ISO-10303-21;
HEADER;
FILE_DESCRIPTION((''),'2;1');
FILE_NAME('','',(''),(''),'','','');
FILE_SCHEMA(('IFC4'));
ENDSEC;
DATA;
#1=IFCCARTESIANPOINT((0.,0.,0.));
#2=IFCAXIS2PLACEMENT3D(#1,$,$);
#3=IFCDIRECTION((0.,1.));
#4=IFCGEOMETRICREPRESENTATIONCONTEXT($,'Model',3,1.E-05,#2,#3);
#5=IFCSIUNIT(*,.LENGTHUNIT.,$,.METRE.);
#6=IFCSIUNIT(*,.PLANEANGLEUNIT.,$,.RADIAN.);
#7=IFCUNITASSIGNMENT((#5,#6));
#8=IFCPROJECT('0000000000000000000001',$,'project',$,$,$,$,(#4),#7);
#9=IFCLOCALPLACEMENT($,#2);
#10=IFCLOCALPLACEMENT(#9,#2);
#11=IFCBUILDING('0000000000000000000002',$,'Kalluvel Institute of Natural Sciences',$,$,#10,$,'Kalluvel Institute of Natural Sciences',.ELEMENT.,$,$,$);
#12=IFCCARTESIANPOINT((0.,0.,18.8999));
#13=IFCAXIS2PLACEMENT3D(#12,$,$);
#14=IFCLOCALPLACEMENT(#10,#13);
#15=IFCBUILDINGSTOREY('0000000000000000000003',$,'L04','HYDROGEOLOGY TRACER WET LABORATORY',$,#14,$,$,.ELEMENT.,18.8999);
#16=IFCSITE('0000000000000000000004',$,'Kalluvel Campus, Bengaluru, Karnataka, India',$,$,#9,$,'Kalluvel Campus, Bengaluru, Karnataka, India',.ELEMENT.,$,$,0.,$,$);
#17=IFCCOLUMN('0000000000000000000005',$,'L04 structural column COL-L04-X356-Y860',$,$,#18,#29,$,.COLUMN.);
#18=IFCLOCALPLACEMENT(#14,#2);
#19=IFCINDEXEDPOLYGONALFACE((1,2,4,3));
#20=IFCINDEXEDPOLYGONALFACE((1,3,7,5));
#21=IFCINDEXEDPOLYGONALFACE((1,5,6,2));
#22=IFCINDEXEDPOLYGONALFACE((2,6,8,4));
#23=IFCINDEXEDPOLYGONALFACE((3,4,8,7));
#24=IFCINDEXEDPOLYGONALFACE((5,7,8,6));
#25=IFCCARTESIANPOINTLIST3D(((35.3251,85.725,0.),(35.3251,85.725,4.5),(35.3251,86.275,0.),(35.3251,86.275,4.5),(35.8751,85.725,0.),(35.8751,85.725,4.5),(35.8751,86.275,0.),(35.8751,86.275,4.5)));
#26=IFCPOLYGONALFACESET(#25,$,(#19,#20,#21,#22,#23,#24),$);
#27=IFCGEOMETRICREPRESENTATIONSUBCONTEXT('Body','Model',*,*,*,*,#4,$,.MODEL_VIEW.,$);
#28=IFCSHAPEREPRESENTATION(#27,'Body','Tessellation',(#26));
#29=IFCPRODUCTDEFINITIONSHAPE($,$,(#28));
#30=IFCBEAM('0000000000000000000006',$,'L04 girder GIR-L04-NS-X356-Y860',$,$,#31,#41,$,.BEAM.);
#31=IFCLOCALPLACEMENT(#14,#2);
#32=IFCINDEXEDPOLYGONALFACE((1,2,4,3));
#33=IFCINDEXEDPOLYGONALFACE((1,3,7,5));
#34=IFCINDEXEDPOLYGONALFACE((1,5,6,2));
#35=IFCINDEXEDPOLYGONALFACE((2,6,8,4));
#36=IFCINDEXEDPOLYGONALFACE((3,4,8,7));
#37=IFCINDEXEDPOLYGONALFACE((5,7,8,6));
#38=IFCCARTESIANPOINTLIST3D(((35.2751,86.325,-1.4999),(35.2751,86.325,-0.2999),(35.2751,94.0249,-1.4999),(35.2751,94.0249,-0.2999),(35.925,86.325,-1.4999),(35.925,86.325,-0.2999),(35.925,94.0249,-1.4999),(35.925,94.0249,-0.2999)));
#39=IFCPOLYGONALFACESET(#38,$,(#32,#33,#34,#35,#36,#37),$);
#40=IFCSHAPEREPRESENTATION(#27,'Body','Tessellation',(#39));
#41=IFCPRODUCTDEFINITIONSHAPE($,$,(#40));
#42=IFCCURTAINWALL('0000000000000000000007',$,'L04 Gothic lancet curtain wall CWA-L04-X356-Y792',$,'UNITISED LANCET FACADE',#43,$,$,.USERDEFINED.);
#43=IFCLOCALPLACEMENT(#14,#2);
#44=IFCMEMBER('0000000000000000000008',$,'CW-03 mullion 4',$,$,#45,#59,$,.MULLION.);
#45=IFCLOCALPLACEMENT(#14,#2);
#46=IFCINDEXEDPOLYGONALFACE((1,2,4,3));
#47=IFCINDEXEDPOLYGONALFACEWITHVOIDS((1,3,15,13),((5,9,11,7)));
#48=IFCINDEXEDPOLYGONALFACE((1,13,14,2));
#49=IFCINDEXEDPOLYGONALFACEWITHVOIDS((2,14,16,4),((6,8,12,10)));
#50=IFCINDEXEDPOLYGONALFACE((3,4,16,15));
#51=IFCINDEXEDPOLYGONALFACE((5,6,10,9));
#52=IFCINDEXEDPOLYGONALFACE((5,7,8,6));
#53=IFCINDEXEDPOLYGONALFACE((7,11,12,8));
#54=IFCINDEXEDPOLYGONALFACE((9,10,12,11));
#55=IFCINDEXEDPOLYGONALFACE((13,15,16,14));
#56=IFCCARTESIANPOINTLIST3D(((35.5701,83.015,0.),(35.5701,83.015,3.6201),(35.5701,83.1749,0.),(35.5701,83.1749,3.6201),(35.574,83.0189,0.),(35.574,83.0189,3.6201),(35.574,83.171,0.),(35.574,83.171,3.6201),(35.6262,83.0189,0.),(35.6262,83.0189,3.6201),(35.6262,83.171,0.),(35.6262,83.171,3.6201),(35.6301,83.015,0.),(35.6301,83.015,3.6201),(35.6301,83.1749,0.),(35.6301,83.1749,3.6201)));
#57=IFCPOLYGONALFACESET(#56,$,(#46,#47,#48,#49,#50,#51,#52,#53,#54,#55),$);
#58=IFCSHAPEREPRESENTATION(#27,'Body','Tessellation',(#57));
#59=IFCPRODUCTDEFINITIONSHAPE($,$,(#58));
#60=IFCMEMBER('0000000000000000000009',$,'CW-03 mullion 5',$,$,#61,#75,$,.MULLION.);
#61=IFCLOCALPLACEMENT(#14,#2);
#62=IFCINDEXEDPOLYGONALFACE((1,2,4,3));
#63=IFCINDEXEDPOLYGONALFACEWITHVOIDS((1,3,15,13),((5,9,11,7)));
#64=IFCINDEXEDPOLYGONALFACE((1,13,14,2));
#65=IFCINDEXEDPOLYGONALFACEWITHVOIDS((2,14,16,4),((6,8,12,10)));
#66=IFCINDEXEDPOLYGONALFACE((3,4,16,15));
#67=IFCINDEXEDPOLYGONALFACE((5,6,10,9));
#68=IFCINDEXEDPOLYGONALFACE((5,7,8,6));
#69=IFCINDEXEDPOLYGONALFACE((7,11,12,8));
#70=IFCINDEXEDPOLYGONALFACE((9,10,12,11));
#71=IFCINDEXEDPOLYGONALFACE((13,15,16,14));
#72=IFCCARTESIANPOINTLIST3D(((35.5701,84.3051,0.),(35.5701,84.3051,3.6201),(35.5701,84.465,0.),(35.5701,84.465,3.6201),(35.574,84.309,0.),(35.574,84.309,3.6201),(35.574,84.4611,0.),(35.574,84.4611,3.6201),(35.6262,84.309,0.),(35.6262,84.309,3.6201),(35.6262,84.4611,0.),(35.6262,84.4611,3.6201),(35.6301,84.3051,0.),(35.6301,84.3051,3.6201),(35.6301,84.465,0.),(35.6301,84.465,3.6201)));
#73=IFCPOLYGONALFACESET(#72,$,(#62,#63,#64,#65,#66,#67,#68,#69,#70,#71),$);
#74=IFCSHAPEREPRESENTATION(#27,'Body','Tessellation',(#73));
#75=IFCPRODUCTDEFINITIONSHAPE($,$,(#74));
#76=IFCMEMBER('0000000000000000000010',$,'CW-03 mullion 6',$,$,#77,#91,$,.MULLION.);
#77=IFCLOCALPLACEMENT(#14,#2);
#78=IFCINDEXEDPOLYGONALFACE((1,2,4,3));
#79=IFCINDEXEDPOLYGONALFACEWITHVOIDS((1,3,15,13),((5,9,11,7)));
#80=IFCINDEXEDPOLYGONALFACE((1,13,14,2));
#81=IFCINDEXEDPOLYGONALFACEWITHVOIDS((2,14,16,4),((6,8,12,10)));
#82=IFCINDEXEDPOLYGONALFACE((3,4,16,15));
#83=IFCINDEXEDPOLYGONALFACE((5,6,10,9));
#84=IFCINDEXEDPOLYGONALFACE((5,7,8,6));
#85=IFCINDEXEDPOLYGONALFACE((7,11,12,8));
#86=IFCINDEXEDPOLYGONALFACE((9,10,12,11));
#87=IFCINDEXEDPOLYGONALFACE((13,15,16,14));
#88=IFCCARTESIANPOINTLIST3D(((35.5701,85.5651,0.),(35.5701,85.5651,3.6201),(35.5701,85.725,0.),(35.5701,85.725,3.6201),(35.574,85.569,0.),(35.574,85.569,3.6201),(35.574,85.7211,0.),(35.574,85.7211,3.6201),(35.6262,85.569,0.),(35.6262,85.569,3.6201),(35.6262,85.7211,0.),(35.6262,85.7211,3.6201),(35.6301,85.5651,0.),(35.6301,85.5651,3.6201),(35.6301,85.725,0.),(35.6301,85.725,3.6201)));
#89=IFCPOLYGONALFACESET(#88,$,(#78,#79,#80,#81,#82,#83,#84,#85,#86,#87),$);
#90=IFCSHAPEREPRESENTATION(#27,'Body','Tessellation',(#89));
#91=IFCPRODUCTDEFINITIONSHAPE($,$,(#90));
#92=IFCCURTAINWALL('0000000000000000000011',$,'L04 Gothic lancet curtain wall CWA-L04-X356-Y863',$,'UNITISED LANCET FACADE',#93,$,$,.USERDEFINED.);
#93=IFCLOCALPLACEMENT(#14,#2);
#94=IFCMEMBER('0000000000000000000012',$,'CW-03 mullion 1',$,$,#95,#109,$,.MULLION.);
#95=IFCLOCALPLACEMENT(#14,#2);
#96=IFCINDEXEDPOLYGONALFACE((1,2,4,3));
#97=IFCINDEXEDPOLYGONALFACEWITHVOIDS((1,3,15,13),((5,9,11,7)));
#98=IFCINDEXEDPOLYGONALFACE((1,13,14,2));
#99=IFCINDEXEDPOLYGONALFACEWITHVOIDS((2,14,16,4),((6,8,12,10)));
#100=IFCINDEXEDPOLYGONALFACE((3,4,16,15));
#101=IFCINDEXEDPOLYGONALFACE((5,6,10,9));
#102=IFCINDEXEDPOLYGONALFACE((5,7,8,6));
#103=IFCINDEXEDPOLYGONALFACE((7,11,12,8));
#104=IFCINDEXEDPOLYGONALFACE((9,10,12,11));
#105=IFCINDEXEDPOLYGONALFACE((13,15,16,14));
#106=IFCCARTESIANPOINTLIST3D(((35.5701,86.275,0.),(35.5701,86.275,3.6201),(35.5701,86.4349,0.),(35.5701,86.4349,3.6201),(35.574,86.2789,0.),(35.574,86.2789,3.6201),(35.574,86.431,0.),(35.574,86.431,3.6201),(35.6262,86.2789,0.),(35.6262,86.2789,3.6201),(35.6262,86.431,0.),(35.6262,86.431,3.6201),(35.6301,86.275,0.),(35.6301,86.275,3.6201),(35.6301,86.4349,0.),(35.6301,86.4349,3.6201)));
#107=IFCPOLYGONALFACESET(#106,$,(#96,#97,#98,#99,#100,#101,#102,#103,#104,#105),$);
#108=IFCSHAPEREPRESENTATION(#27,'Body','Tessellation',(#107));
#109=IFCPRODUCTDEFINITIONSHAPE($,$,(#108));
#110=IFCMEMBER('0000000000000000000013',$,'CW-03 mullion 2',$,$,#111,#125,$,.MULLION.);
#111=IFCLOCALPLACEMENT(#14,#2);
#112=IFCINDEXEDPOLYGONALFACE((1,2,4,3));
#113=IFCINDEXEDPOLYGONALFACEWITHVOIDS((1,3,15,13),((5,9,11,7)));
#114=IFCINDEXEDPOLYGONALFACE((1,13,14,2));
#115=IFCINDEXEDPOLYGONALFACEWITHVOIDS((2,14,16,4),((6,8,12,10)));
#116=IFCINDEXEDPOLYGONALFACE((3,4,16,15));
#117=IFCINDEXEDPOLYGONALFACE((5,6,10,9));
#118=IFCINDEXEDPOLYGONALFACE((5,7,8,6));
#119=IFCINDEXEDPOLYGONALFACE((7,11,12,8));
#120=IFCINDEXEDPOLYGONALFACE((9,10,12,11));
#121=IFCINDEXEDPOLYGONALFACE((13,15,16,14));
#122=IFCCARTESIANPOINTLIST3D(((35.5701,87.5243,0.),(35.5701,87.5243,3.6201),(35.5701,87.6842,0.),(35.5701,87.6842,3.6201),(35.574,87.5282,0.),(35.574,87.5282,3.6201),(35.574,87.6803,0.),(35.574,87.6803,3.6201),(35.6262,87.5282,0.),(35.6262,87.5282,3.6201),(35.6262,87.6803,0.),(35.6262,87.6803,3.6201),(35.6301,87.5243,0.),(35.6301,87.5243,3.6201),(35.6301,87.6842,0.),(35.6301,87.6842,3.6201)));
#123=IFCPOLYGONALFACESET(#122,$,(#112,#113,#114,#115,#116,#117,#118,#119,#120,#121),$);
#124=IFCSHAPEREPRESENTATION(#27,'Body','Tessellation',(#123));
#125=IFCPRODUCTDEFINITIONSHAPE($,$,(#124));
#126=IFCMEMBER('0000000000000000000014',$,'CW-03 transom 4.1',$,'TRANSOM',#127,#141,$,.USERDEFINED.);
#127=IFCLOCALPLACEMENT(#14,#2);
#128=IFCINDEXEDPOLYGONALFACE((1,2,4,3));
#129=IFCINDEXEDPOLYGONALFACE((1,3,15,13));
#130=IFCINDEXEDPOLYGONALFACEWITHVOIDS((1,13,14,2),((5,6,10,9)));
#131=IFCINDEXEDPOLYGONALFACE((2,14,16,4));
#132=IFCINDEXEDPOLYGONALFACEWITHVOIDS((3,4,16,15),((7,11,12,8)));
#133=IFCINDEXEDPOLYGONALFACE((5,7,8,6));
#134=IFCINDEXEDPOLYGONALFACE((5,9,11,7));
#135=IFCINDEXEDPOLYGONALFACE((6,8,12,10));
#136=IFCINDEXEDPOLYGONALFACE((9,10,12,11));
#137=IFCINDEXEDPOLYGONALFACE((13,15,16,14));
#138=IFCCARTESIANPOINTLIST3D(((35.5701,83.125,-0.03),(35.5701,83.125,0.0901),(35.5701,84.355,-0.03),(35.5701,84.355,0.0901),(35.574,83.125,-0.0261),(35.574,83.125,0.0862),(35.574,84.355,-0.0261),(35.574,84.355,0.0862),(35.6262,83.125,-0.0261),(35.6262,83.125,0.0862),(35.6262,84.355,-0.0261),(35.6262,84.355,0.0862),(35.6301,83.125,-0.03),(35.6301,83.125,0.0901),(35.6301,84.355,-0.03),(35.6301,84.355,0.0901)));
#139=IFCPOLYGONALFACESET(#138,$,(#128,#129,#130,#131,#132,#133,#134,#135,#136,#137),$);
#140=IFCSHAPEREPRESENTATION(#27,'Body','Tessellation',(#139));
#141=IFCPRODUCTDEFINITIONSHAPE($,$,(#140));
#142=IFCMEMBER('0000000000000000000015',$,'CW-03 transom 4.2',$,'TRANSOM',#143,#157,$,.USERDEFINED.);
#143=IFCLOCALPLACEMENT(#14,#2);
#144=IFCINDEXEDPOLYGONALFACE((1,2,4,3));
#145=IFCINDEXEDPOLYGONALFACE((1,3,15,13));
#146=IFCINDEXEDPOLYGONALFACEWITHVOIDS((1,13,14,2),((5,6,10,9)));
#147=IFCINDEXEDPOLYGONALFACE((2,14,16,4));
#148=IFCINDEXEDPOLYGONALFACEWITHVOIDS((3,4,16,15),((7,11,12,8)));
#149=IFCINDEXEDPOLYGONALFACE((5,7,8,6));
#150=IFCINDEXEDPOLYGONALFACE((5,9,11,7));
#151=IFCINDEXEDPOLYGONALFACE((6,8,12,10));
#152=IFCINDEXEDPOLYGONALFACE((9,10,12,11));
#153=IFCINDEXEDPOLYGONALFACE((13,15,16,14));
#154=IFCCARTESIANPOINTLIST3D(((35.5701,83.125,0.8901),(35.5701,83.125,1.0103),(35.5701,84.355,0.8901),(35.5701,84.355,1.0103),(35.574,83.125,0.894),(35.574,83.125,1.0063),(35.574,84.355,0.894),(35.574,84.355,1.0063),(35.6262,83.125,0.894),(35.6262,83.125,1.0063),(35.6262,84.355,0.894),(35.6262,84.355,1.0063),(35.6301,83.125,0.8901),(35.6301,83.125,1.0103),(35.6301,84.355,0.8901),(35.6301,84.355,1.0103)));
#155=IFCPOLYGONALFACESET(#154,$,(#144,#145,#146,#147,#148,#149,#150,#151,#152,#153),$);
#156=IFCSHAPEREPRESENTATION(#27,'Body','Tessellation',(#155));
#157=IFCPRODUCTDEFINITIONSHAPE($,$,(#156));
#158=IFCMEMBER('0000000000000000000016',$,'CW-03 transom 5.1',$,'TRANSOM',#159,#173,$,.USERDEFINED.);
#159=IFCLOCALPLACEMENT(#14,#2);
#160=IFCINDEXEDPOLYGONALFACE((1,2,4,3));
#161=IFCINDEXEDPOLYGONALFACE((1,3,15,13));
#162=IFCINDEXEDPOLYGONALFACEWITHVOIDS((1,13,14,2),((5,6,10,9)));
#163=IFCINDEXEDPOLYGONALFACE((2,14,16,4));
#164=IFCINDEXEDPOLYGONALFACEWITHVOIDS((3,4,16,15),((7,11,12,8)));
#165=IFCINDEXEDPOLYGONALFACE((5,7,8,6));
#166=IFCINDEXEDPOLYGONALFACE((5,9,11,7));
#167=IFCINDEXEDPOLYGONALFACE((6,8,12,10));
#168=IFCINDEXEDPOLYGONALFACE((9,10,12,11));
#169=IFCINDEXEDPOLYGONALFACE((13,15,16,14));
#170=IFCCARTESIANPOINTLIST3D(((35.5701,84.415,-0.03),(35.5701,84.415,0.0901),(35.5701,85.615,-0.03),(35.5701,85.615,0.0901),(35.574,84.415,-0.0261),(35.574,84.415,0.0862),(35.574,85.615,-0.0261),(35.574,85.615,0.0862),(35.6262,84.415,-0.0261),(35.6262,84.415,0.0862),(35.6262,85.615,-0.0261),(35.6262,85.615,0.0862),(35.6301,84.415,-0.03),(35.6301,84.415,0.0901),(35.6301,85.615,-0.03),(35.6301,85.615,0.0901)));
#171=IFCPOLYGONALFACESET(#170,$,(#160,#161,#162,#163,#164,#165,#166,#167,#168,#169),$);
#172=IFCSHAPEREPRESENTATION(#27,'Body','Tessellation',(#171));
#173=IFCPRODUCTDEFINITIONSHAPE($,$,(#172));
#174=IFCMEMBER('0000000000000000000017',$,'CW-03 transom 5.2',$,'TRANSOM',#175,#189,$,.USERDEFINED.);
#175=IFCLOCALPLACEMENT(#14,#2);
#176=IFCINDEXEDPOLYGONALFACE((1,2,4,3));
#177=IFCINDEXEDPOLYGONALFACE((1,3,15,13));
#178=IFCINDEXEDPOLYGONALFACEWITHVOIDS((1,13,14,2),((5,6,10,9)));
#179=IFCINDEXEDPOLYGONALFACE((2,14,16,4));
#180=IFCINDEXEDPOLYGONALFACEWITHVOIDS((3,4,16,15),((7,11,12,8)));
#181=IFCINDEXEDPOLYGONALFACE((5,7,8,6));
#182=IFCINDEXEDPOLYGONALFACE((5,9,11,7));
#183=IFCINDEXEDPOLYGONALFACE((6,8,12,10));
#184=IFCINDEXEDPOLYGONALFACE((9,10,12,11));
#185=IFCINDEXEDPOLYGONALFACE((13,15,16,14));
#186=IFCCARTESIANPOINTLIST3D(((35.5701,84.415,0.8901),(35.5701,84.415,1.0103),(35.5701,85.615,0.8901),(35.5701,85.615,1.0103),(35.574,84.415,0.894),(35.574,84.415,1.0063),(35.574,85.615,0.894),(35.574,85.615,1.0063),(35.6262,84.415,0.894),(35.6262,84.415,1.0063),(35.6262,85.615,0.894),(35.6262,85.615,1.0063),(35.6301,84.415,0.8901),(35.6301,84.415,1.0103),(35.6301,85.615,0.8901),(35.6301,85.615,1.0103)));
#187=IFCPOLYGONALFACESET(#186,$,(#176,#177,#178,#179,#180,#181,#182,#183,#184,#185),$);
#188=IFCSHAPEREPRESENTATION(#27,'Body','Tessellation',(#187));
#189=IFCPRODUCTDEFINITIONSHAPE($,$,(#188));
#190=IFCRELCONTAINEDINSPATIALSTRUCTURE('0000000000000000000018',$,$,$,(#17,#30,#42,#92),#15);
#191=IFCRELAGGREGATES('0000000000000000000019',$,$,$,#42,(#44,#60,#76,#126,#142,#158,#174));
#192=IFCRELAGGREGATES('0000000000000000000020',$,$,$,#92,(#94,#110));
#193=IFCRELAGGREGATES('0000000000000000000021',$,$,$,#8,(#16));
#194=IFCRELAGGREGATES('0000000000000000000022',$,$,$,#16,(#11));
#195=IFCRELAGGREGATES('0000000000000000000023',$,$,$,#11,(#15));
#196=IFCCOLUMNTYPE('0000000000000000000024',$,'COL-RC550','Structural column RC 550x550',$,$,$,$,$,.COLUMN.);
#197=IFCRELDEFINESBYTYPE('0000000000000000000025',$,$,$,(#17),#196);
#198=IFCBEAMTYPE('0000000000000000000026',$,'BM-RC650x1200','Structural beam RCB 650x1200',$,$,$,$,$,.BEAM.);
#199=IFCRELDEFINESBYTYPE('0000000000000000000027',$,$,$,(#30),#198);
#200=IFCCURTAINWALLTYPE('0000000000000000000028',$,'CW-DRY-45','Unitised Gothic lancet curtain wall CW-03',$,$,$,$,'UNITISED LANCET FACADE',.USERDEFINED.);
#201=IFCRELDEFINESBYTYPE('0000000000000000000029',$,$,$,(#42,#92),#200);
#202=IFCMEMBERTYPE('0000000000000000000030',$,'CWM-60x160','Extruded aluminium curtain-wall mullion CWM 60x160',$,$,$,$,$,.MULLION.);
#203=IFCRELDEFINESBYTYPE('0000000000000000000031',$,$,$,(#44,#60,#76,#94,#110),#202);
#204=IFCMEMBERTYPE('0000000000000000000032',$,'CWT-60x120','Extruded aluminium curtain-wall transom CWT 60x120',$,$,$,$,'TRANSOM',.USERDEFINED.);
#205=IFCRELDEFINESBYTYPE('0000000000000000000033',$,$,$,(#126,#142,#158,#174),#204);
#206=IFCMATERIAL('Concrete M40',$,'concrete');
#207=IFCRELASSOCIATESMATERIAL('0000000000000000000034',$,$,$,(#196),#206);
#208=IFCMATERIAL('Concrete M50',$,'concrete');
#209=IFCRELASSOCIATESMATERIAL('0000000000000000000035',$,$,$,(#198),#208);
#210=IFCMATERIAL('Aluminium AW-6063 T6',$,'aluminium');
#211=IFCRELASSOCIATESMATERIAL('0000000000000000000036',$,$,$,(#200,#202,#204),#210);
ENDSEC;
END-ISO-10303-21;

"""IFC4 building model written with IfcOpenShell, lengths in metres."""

from ifc_helpers import new_model, si_unit, direction, frame, origin, origin_2d, place, context, subcontext, project, spatial, rectangle, hollow_rectangle, extrude, material, material_profile, profile_set, type_object, element, aggregate, save


model = new_model("IFC4")

# Units and contexts
model_context = context("Model", 3, precision=1e-05, world=origin(), true_north=direction((0.0, 1.0)))
body_context = subcontext(model_context, "Body", "Model", "MODEL_VIEW")
ifc_project = project(units=[si_unit("LENGTHUNIT", "METRE"), si_unit("PLANEANGLEUNIT", "RADIAN")], contexts=[model_context])

# Site, building, storey
site_placement = place(None, origin())
site = spatial("IfcSite", under=ifc_project, at=site_placement, Name="Kalluvel Campus, Bengaluru, Karnataka, India", LongName="Kalluvel Campus, Bengaluru, Karnataka, India", CompositionType="ELEMENT", RefElevation=0.0)
building_placement = place(site_placement, origin())
building = spatial("IfcBuilding", under=site, at=building_placement, Name="Kalluvel Institute of Natural Sciences", LongName="Kalluvel Institute of Natural Sciences", CompositionType="ELEMENT")
storey_placement = place(building_placement, frame((0.0, 0.0, 18.8999)))
storey = spatial("IfcBuildingStorey", under=building, at=storey_placement, Name="L04", Description="HYDROGEOLOGY TRACER WET LABORATORY", CompositionType="ELEMENT", Elevation=18.8999)

# Column
ifc_material_1 = material(Name="Concrete M40", Category="concrete")
ifc_material_profile_1 = material_profile(ifc_material_1, rectangle(XDim=0.55, YDim=0.55, at=origin_2d()), Name="RC 550x550")
ifc_profile_set_1 = profile_set([ifc_material_profile_1], Name="Concrete M40")
column_type = type_object("IfcColumnType", Name="COL-RC550", Description="Structural column RC 550x550", PredefinedType="COLUMN", material=ifc_profile_set_1)
column_placement = place(storey_placement, frame((35.6001, 86.0, 0.0), z_axis=(0.0, 0.0, 1.0), x_axis=(1.0, 0.0, 0.0)))
element("IfcColumn", 1, at=column_placement, inside=storey, type_object=column_type, Name="L04 structural column COL-L04-X356-Y860", PredefinedType="COLUMN", context=body_context, shape_type="SweptSolid", body=[
    extrude(rectangle(XDim=0.55, YDim=0.55, at=origin_2d()), origin(), (0.0, 0.0, 1.0), 4.5),
])

# Beam
ifc_material_2 = material(Name="Concrete M50", Category="concrete")
ifc_material_profile_2 = material_profile(ifc_material_2, rectangle(XDim=0.6499, YDim=1.2, at=origin_2d()), Name="RCB 650x1200")
ifc_profile_set_2 = profile_set([ifc_material_profile_2], Name="Concrete M50")
beam_type = type_object("IfcBeamType", Name="BM-RC650x1200", Description="Structural beam RCB 650x1200", PredefinedType="BEAM", material=ifc_profile_set_2)
beam_placement = place(storey_placement, frame((35.6001, 86.325, -0.8999), z_axis=(0.0, 1.0, 0.0), x_axis=(-1.0, 0.0, 0.0)))
element("IfcBeam", 2, at=beam_placement, inside=storey, type_object=beam_type, Name="L04 girder GIR-L04-NS-X356-Y860", PredefinedType="BEAM", context=body_context, shape_type="SweptSolid", body=[
    extrude(rectangle(XDim=0.6499, YDim=1.2, at=origin_2d()), origin(), (0.0, 0.0, 1.0), 7.7),
])

# Curtain walls, members
ifc_material_3 = material(Name="Aluminium AW-6063 T6", Category="aluminium")
curtain_wall_type = type_object("IfcCurtainWallType", Name="CW-DRY-45", Description="Unitised Gothic lancet curtain wall CW-03", ElementType="UNITISED LANCET FACADE", PredefinedType="USERDEFINED", material=ifc_material_3)
curtain_wall_1_placement = place(storey_placement, origin())
curtain_wall_1 = element("IfcCurtainWall", 3, at=curtain_wall_1_placement, inside=storey, type_object=curtain_wall_type, Name="L04 Gothic lancet curtain wall CWA-L04-X356-Y792", ObjectType="UNITISED LANCET FACADE", PredefinedType="USERDEFINED")
ifc_material_profile_3 = material_profile(ifc_material_3, hollow_rectangle(XDim=0.0601, YDim=0.1599, WallThickness=0.0039, at=origin_2d()), Name="CWM 60x160")
ifc_profile_set_3 = profile_set([ifc_material_profile_3], Name="Aluminium AW-6063 T6")
member_type_1 = type_object("IfcMemberType", Name="CWM-60x160", Description="Extruded aluminium curtain-wall mullion CWM 60x160", PredefinedType="MULLION", material=ifc_profile_set_3)
member_1_placement = place(storey_placement, frame((35.6001, 83.095, 0.0), z_axis=(0.0, 0.0, 1.0), x_axis=(-1.0, 0.0, 0.0)))
member_1 = element("IfcMember", 4, at=member_1_placement, type_object=member_type_1, Name="CW-03 mullion 4", PredefinedType="MULLION", context=body_context, shape_type="SweptSolid", body=[
    extrude(hollow_rectangle(XDim=0.0601, YDim=0.1599, WallThickness=0.0039, at=origin_2d()), origin(), (0.0, 0.0, 1.0), 3.6201),
])
member_2_placement = place(storey_placement, frame((35.6001, 84.385, 0.0), z_axis=(0.0, 0.0, 1.0), x_axis=(-1.0, 0.0, 0.0)))
member_2 = element("IfcMember", 5, at=member_2_placement, type_object=member_type_1, Name="CW-03 mullion 5", PredefinedType="MULLION", context=body_context, shape_type="SweptSolid", body=[
    extrude(hollow_rectangle(XDim=0.0601, YDim=0.1599, WallThickness=0.0039, at=origin_2d()), origin(), (0.0, 0.0, 1.0), 3.6201),
])
member_3_placement = place(storey_placement, frame((35.6001, 85.645, 0.0), z_axis=(0.0, 0.0, 1.0), x_axis=(-1.0, 0.0, 0.0)))
member_3 = element("IfcMember", 6, at=member_3_placement, type_object=member_type_1, Name="CW-03 mullion 6", PredefinedType="MULLION", context=body_context, shape_type="SweptSolid", body=[
    extrude(hollow_rectangle(XDim=0.0601, YDim=0.1599, WallThickness=0.0039, at=origin_2d()), origin(), (0.0, 0.0, 1.0), 3.6201),
])
curtain_wall_2_placement = place(storey_placement, origin())
curtain_wall_2 = element("IfcCurtainWall", 7, at=curtain_wall_2_placement, inside=storey, type_object=curtain_wall_type, Name="L04 Gothic lancet curtain wall CWA-L04-X356-Y863", ObjectType="UNITISED LANCET FACADE", PredefinedType="USERDEFINED")
member_4_placement = place(storey_placement, frame((35.6001, 86.355, 0.0), z_axis=(0.0, 0.0, 1.0), x_axis=(-1.0, 0.0, 0.0)))
member_4 = element("IfcMember", 8, at=member_4_placement, type_object=member_type_1, Name="CW-03 mullion 1", PredefinedType="MULLION", context=body_context, shape_type="SweptSolid", body=[
    extrude(hollow_rectangle(XDim=0.0601, YDim=0.1599, WallThickness=0.0039, at=origin_2d()), origin(), (0.0, 0.0, 1.0), 3.6201),
])
member_5_placement = place(storey_placement, frame((35.6001, 87.6042, 0.0), z_axis=(0.0, 0.0, 1.0), x_axis=(-1.0, 0.0, 0.0)))
member_5 = element("IfcMember", 9, at=member_5_placement, type_object=member_type_1, Name="CW-03 mullion 2", PredefinedType="MULLION", context=body_context, shape_type="SweptSolid", body=[
    extrude(hollow_rectangle(XDim=0.0601, YDim=0.1599, WallThickness=0.0039, at=origin_2d()), origin(), (0.0, 0.0, 1.0), 3.6201),
])

# Members
ifc_material_profile_4 = material_profile(ifc_material_3, hollow_rectangle(XDim=0.0601, YDim=0.1201, WallThickness=0.0039, at=origin_2d()), Name="CWT 60x120")
ifc_profile_set_4 = profile_set([ifc_material_profile_4], Name="Aluminium AW-6063 T6")
member_type_2 = type_object("IfcMemberType", Name="CWT-60x120", Description="Extruded aluminium curtain-wall transom CWT 60x120", ElementType="TRANSOM", PredefinedType="USERDEFINED", material=ifc_profile_set_4)
member_6_placement = place(storey_placement, frame((35.6001, 83.125, 0.03), z_axis=(0.0, 1.0, 0.0), x_axis=(-1.0, 0.0, 0.0)))
member_6 = element("IfcMember", 10, at=member_6_placement, type_object=member_type_2, Name="CW-03 transom 4.1", ObjectType="TRANSOM", PredefinedType="USERDEFINED", context=body_context, shape_type="SweptSolid", body=[
    extrude(hollow_rectangle(XDim=0.0601, YDim=0.1201, WallThickness=0.0039, at=origin_2d()), origin(), (0.0, 0.0, 1.0), 1.23),
])
member_7_placement = place(storey_placement, frame((35.6001, 83.125, 0.9502), z_axis=(0.0, 1.0, 0.0), x_axis=(-1.0, 0.0, 0.0)))
member_7 = element("IfcMember", 11, at=member_7_placement, type_object=member_type_2, Name="CW-03 transom 4.2", ObjectType="TRANSOM", PredefinedType="USERDEFINED", context=body_context, shape_type="SweptSolid", body=[
    extrude(hollow_rectangle(XDim=0.0601, YDim=0.1201, WallThickness=0.0039, at=origin_2d()), origin(), (0.0, 0.0, 1.0), 1.23),
])
member_8_placement = place(storey_placement, frame((35.6001, 84.415, 0.03), z_axis=(0.0, 1.0, 0.0), x_axis=(-1.0, 0.0, 0.0)))
member_8 = element("IfcMember", 12, at=member_8_placement, type_object=member_type_2, Name="CW-03 transom 5.1", ObjectType="TRANSOM", PredefinedType="USERDEFINED", context=body_context, shape_type="SweptSolid", body=[
    extrude(hollow_rectangle(XDim=0.0601, YDim=0.1201, WallThickness=0.0039, at=origin_2d()), origin(), (0.0, 0.0, 1.0), 1.2),
])
member_9_placement = place(storey_placement, frame((35.6001, 84.415, 0.9502), z_axis=(0.0, 1.0, 0.0), x_axis=(-1.0, 0.0, 0.0)))
member_9 = element("IfcMember", 13, at=member_9_placement, type_object=member_type_2, Name="CW-03 transom 5.2", ObjectType="TRANSOM", PredefinedType="USERDEFINED", context=body_context, shape_type="SweptSolid", body=[
    extrude(hollow_rectangle(XDim=0.0601, YDim=0.1201, WallThickness=0.0039, at=origin_2d()), origin(), (0.0, 0.0, 1.0), 1.2),
])

aggregate(curtain_wall_1, [member_1, member_2, member_3, member_6, member_7, member_8, member_9])
aggregate(curtain_wall_2, [member_4, member_5])

save(model, "model.ifc")
